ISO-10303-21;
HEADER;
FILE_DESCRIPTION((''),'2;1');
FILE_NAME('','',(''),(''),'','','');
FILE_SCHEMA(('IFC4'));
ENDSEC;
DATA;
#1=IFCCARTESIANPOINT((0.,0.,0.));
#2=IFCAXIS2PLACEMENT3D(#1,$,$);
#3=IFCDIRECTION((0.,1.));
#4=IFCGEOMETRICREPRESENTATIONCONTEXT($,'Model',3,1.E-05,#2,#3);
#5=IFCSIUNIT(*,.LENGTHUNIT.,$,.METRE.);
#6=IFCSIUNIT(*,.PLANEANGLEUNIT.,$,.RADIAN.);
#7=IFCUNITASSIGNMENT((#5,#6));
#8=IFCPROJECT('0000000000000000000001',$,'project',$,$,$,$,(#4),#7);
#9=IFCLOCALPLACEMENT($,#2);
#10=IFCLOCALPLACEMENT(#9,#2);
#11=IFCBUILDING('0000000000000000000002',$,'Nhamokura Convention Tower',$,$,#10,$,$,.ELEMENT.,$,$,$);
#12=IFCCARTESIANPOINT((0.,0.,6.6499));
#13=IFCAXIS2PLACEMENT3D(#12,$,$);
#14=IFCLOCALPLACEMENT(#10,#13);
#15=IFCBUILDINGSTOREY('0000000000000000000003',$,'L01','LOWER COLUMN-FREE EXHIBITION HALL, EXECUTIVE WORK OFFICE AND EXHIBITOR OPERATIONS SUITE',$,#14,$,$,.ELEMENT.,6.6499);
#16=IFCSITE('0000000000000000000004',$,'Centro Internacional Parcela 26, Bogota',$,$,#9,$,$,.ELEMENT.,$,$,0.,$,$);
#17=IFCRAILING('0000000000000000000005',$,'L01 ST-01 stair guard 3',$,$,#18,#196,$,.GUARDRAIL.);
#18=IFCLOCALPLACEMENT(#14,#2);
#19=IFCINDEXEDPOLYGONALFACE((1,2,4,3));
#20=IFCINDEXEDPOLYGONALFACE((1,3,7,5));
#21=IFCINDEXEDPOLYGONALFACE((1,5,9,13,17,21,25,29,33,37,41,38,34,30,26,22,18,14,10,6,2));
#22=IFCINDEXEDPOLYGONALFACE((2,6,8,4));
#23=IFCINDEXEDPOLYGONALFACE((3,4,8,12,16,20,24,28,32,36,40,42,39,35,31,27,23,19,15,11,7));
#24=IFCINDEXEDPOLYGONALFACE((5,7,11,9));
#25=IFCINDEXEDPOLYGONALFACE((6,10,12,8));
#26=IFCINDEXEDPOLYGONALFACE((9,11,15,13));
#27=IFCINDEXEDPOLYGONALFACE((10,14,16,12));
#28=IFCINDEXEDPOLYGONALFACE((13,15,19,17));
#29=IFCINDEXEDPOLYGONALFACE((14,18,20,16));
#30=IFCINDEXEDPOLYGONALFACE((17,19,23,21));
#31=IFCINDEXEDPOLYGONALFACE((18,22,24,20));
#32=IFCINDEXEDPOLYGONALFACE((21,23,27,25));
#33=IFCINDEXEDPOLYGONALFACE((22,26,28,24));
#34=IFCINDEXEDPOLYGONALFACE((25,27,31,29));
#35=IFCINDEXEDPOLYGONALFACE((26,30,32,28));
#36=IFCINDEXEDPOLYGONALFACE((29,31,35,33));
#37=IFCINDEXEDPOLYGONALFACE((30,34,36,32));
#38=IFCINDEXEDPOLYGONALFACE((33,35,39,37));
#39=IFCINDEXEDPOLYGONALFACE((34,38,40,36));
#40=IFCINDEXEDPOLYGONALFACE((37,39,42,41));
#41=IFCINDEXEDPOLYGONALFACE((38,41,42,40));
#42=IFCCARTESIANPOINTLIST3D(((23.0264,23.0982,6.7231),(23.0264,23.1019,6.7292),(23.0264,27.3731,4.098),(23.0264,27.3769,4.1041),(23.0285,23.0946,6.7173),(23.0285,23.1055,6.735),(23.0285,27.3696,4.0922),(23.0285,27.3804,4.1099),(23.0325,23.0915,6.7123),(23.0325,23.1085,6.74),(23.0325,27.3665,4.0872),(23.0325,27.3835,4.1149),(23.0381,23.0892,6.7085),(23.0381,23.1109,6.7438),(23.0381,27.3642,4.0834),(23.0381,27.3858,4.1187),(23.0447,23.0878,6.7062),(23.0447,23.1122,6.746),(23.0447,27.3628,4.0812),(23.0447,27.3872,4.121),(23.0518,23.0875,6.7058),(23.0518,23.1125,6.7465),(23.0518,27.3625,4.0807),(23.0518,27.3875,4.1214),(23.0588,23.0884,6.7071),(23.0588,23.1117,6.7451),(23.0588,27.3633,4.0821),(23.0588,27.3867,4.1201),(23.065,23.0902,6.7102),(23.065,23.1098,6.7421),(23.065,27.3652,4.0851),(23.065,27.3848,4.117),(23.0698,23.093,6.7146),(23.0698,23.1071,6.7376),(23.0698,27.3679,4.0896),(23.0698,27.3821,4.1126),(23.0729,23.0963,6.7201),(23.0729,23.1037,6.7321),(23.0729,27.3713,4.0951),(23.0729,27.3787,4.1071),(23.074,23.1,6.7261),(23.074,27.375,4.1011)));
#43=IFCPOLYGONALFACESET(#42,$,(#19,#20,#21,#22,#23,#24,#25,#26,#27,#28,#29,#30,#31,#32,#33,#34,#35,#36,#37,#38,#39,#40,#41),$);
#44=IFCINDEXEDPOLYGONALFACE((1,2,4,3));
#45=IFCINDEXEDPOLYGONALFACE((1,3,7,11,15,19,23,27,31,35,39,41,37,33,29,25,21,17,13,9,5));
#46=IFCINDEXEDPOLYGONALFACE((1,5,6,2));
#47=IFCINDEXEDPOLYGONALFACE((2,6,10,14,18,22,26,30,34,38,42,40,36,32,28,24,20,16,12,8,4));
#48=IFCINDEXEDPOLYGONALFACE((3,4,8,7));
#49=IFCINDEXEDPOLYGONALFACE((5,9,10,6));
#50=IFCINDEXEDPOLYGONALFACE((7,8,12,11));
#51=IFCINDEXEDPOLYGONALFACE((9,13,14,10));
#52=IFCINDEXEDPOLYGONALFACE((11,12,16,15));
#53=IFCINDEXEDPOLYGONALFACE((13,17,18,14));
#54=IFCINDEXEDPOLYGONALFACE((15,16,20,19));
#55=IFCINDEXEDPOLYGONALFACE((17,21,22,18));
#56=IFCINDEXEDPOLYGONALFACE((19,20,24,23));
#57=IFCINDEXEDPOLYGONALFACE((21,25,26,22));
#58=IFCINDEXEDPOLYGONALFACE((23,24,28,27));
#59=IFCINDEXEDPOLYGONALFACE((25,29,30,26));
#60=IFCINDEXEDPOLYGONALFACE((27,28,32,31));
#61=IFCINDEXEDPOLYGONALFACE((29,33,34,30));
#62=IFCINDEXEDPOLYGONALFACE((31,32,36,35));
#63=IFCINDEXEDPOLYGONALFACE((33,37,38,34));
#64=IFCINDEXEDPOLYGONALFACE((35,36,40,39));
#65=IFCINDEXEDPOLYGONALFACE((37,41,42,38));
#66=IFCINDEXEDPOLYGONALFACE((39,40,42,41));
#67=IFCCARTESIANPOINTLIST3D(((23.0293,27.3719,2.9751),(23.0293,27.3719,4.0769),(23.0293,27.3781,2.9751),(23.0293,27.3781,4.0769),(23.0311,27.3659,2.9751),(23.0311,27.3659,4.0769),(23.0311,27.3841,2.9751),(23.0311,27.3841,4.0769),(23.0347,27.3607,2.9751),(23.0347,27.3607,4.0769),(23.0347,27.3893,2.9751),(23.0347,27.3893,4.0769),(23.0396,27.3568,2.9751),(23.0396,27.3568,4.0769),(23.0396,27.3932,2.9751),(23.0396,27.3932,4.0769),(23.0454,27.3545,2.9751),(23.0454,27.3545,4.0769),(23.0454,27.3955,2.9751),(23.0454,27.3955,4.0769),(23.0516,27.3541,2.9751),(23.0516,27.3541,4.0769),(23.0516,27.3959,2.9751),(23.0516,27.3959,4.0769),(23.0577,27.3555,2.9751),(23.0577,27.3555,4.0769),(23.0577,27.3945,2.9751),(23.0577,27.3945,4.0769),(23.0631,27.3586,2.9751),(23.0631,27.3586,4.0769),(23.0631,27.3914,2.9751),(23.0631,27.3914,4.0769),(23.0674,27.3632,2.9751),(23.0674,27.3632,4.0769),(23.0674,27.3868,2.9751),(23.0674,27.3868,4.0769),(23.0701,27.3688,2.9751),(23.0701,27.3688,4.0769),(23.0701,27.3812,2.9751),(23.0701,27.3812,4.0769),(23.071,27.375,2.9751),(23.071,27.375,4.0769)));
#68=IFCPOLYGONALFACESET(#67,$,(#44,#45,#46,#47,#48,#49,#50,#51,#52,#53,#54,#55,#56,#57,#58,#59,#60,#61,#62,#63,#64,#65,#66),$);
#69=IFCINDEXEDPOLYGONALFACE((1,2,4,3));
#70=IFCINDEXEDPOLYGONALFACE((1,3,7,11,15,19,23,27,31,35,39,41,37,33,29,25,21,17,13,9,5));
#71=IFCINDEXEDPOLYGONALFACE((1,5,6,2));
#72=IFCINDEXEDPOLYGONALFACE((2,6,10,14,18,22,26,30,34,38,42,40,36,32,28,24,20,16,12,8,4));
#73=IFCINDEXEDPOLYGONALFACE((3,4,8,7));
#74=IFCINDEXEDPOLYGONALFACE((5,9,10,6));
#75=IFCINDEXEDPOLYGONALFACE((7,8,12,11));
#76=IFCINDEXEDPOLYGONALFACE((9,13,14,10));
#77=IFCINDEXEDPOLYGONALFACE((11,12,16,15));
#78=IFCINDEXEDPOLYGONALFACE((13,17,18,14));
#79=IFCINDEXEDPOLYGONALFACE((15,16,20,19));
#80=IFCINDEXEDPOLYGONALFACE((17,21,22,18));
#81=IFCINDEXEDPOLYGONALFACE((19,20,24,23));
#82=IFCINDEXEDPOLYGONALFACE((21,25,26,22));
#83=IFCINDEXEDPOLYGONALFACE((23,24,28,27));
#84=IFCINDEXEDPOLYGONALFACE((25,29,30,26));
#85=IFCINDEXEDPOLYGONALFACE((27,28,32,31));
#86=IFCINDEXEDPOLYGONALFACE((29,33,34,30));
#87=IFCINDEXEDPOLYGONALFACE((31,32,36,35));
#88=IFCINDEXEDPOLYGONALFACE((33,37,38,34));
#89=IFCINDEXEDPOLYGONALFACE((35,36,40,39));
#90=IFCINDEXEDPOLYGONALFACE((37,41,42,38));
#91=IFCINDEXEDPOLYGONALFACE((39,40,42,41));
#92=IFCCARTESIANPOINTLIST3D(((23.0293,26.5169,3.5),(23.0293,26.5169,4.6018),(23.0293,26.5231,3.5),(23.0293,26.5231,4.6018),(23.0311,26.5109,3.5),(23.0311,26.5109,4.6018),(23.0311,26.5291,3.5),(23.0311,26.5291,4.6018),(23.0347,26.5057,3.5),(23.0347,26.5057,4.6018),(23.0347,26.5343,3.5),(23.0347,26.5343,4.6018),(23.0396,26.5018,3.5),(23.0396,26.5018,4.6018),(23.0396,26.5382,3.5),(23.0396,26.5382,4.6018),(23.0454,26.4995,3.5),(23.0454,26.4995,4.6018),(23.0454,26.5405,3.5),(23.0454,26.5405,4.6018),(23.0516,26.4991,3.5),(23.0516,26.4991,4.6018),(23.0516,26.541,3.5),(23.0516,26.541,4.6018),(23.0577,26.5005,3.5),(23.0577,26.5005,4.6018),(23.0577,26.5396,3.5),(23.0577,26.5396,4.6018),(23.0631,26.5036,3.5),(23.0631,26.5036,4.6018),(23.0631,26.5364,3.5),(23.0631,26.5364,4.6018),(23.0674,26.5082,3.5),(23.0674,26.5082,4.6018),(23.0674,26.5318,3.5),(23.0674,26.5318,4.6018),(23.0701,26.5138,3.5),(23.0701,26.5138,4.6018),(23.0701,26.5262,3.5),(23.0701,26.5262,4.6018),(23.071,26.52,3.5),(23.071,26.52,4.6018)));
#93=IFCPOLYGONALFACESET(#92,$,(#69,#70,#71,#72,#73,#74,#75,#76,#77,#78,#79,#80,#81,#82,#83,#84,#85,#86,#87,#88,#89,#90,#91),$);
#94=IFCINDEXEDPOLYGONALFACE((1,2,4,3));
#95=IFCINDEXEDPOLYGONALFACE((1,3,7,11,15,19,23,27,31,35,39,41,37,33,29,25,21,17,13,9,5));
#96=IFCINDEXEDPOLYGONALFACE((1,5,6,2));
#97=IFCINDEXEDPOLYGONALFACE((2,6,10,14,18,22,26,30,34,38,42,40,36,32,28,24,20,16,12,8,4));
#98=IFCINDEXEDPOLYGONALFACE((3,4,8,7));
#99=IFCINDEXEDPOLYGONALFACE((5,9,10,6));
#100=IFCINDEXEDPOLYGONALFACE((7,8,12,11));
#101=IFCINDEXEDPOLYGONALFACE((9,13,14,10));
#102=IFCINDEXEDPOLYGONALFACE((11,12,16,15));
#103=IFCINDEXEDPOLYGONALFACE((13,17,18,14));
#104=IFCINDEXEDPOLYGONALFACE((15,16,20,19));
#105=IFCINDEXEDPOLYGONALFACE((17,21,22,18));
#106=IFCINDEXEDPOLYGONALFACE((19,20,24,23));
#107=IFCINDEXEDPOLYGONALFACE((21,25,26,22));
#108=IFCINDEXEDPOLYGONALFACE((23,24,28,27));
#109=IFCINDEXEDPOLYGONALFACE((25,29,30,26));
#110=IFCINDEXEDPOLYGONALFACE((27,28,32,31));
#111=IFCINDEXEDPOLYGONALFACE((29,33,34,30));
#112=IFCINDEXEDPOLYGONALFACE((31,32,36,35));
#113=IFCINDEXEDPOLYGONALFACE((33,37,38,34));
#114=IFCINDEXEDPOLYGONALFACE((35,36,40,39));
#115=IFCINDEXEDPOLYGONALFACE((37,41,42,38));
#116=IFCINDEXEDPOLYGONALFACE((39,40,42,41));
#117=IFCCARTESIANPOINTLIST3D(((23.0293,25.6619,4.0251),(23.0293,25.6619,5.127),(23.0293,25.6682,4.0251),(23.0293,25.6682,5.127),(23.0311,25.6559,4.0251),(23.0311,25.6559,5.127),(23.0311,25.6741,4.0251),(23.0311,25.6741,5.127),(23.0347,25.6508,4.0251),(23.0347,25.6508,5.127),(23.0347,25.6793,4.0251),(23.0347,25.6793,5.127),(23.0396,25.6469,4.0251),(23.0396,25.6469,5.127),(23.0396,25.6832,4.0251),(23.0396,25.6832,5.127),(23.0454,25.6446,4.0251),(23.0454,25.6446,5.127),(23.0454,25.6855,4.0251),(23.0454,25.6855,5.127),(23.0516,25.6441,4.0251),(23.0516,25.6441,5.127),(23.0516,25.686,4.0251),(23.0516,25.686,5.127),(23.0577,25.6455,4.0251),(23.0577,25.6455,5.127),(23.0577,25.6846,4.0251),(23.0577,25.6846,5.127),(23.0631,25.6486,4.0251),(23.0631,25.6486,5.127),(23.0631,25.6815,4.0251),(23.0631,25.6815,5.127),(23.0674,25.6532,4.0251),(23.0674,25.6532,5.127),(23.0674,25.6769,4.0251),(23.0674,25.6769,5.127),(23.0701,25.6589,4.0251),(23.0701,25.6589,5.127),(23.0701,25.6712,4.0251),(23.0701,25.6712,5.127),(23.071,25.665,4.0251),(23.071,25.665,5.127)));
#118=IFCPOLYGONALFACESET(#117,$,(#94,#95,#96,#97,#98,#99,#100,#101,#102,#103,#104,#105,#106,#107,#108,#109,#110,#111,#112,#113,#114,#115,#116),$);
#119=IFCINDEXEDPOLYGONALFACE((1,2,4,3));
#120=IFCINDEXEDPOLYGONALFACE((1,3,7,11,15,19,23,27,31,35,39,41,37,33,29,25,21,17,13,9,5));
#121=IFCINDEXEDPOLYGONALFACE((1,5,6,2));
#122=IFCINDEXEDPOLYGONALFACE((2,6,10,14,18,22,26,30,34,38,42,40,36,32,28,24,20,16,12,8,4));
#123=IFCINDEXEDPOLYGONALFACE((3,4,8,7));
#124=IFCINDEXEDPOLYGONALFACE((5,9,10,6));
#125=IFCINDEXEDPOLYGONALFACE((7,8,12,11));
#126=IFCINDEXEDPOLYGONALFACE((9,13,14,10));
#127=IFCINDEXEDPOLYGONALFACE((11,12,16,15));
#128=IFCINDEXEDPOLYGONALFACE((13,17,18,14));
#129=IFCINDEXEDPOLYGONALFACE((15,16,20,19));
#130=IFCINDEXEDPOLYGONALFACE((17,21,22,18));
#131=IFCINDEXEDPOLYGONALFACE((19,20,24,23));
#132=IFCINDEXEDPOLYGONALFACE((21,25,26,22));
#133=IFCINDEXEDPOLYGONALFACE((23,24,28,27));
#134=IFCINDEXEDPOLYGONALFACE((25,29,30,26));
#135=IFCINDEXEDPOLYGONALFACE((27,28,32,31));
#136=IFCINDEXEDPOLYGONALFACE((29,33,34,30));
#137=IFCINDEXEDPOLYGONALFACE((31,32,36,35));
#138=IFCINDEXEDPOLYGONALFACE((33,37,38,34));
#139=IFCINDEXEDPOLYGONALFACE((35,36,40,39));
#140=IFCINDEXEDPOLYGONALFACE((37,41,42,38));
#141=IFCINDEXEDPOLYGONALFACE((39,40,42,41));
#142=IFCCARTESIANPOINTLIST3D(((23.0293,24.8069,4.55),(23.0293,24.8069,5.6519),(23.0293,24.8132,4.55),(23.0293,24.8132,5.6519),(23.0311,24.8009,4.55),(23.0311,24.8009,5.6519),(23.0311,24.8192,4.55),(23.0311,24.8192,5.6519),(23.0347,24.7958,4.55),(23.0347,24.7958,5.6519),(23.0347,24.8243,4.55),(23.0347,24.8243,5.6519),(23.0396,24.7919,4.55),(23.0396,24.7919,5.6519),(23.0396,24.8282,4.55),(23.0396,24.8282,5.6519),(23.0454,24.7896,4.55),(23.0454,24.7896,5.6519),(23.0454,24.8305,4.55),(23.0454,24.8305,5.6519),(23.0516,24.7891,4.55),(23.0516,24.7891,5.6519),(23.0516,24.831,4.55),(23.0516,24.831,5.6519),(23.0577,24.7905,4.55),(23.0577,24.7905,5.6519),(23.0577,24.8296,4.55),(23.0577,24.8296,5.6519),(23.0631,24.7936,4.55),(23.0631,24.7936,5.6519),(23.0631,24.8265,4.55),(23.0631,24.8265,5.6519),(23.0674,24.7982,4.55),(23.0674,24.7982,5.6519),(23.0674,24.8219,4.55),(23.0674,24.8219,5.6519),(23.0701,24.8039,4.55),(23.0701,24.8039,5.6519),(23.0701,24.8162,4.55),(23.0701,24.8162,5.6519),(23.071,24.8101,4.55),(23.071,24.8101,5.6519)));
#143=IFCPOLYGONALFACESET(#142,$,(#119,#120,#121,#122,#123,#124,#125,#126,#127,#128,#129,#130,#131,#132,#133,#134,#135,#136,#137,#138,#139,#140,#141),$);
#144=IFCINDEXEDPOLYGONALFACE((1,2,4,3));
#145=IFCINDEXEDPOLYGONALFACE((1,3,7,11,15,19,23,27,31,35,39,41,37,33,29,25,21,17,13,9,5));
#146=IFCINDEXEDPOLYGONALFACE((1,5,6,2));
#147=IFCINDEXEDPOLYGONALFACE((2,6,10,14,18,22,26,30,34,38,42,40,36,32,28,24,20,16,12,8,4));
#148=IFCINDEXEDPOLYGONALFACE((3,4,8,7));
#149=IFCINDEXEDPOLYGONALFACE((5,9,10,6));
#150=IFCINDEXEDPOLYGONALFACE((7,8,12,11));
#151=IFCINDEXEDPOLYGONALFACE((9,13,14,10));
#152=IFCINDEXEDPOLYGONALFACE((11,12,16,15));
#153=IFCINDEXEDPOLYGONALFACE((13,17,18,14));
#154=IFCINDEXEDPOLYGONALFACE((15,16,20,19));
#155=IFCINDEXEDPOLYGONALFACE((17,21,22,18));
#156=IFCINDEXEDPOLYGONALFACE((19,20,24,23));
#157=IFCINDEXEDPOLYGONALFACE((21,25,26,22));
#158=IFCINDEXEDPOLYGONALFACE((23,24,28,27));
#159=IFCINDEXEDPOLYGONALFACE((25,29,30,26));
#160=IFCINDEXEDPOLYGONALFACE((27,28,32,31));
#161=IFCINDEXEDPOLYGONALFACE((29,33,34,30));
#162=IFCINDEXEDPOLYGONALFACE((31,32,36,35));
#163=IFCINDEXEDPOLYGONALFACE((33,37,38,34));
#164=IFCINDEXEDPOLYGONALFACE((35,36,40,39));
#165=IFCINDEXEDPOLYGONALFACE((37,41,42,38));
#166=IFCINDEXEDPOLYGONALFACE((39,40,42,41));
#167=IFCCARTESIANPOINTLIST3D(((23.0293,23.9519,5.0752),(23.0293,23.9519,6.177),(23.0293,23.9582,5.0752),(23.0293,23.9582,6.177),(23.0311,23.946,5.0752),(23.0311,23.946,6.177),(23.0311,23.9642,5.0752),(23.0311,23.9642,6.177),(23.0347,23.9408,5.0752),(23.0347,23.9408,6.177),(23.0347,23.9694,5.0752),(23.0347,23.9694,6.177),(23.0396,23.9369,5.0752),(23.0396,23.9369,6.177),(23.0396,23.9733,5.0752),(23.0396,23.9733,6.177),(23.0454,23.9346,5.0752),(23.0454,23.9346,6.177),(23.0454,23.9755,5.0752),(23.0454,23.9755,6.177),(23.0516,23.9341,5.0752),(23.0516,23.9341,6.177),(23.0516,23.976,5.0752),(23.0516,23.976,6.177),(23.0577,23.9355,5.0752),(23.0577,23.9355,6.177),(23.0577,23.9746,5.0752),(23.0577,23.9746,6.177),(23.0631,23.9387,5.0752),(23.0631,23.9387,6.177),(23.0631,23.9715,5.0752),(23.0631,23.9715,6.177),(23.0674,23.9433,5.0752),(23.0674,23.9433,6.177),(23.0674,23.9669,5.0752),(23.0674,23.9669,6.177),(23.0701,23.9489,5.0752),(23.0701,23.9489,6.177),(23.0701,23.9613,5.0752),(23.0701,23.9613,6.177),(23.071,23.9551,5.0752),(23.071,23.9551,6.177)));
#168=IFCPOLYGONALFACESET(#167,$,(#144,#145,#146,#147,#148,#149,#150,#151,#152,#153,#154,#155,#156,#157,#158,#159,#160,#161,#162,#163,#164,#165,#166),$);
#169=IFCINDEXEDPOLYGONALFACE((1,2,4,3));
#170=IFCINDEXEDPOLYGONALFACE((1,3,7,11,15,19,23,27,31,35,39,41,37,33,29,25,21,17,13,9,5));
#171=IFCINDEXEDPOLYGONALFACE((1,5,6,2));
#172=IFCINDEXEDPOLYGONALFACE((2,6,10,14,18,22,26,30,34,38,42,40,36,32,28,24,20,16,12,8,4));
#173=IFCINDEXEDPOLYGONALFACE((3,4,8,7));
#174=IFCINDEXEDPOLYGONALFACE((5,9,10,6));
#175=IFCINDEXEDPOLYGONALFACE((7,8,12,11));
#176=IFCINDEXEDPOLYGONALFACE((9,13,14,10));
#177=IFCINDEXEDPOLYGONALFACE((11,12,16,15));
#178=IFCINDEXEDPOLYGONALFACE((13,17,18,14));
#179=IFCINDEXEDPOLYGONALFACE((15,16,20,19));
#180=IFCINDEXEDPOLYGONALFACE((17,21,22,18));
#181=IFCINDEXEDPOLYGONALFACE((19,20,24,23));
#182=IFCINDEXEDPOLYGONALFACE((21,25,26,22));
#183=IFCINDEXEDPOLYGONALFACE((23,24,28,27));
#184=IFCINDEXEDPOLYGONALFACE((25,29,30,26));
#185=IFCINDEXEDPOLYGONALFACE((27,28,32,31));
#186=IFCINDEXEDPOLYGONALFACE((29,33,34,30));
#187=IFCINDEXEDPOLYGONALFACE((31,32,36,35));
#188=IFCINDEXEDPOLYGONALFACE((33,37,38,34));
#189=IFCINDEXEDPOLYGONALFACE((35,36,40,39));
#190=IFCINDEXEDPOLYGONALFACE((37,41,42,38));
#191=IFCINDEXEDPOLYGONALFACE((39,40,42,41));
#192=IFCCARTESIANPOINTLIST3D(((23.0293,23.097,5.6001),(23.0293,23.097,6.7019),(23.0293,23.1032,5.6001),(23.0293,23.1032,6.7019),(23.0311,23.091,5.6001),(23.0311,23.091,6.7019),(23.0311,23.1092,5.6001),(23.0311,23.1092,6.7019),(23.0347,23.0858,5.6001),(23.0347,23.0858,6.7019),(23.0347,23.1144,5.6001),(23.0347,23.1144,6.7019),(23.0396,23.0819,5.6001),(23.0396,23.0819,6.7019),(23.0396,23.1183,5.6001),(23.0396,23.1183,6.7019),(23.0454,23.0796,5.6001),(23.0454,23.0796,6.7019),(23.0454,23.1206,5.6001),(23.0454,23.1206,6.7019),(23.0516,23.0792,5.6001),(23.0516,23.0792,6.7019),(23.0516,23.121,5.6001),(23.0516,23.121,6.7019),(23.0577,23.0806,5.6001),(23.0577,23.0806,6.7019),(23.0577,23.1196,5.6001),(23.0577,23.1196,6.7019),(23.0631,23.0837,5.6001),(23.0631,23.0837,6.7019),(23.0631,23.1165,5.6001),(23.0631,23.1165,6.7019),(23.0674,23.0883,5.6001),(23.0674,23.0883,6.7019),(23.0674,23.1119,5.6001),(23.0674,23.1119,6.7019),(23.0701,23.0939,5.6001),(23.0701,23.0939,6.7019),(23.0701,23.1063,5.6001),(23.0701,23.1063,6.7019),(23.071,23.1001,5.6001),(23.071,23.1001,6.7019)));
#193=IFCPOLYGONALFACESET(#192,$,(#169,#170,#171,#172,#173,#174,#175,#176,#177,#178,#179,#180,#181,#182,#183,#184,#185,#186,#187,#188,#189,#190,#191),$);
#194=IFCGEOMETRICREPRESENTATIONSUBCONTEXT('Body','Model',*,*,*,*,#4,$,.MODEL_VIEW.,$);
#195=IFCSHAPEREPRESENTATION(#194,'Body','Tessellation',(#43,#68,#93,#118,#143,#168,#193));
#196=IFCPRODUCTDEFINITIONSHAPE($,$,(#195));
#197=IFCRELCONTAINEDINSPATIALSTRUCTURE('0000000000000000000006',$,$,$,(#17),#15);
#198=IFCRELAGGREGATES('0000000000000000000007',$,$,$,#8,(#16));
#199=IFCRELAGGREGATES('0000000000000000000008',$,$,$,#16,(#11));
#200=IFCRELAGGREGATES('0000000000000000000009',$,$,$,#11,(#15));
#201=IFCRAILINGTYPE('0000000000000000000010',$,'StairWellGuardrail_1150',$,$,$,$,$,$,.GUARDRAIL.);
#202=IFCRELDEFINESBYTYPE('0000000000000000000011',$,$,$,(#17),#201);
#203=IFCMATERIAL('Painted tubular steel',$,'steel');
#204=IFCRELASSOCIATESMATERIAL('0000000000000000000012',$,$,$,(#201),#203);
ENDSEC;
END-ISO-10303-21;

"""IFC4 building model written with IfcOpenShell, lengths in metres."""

from ifc_helpers import new_model, si_unit, direction, frame, origin, origin_2d, place, context, subcontext, project, spatial, circle, extrude, material, type_object, element, save


model = new_model("IFC4")

# Units and contexts
model_context = context("Model", 3, precision=1e-05, world=origin(), true_north=direction((0.0, 1.0)))
body_context = subcontext(model_context, "Body", "Model", "MODEL_VIEW")
ifc_project = project(units=[si_unit("LENGTHUNIT", "METRE"), si_unit("PLANEANGLEUNIT", "RADIAN")], contexts=[model_context])

# Site, building, storey
site_placement = place(None, origin())
site = spatial("IfcSite", under=ifc_project, at=site_placement, Name="Centro Internacional Parcela 26, Bogota", CompositionType="ELEMENT", RefElevation=0.0)
building_placement = place(site_placement, origin())
building = spatial("IfcBuilding", under=site, at=building_placement, Name="Nhamokura Convention Tower", CompositionType="ELEMENT")
storey_placement = place(building_placement, frame((0.0, 0.0, 6.6499)))
storey = spatial("IfcBuildingStorey", under=building, at=storey_placement, Name="L01", Description="LOWER COLUMN-FREE EXHIBITION HALL, EXECUTIVE WORK OFFICE AND EXHIBITOR OPERATIONS SUITE", CompositionType="ELEMENT", Elevation=6.6499)

# Railing
ifc_material_1 = material(Name="Painted tubular steel", Category="steel")
railing_type_1 = type_object("IfcRailingType", Name="StairWellGuardrail_1150", PredefinedType="GUARDRAIL", material=ifc_material_1)
railing_1_placement = place(storey_placement, frame((23.05, 27.375, 2.9751)))
element("IfcRailing", 1, at=railing_1_placement, inside=storey, type_object=railing_type_1, Name="L01 ST-01 stair guard 3", PredefinedType="GUARDRAIL", context=body_context, shape_type="SweptSolid", body=[
    extrude(circle(Radius=0.0239, at=origin_2d()), frame((0.0, 0.0, 1.126), z_axis=(0.0, -0.852166, 0.523272), x_axis=(1.0, 0.0, 0.0)), (0.0, 0.0, 1.0), 5.0166),
    extrude(circle(Radius=0.021, at=origin_2d()), origin(), (0.0, 0.0, 1.0), 1.1018),
    extrude(circle(Radius=0.021, at=origin_2d()), frame((0.0, -0.855, 0.5249)), (0.0, 0.0, 1.0), 1.1018),
    extrude(circle(Radius=0.021, at=origin_2d()), frame((0.0, -1.71, 1.05)), (0.0, 0.0, 1.0), 1.1018),
    extrude(circle(Radius=0.021, at=origin_2d()), frame((0.0, -2.5649, 1.575)), (0.0, 0.0, 1.0), 1.1018),
    extrude(circle(Radius=0.021, at=origin_2d()), frame((0.0, -3.4199, 2.1001)), (0.0, 0.0, 1.0), 1.1018),
    extrude(circle(Radius=0.021, at=origin_2d()), frame((0.0, -4.2749, 2.625)), (0.0, 0.0, 1.0), 1.1018),
])

save(model, "model.ifc")
